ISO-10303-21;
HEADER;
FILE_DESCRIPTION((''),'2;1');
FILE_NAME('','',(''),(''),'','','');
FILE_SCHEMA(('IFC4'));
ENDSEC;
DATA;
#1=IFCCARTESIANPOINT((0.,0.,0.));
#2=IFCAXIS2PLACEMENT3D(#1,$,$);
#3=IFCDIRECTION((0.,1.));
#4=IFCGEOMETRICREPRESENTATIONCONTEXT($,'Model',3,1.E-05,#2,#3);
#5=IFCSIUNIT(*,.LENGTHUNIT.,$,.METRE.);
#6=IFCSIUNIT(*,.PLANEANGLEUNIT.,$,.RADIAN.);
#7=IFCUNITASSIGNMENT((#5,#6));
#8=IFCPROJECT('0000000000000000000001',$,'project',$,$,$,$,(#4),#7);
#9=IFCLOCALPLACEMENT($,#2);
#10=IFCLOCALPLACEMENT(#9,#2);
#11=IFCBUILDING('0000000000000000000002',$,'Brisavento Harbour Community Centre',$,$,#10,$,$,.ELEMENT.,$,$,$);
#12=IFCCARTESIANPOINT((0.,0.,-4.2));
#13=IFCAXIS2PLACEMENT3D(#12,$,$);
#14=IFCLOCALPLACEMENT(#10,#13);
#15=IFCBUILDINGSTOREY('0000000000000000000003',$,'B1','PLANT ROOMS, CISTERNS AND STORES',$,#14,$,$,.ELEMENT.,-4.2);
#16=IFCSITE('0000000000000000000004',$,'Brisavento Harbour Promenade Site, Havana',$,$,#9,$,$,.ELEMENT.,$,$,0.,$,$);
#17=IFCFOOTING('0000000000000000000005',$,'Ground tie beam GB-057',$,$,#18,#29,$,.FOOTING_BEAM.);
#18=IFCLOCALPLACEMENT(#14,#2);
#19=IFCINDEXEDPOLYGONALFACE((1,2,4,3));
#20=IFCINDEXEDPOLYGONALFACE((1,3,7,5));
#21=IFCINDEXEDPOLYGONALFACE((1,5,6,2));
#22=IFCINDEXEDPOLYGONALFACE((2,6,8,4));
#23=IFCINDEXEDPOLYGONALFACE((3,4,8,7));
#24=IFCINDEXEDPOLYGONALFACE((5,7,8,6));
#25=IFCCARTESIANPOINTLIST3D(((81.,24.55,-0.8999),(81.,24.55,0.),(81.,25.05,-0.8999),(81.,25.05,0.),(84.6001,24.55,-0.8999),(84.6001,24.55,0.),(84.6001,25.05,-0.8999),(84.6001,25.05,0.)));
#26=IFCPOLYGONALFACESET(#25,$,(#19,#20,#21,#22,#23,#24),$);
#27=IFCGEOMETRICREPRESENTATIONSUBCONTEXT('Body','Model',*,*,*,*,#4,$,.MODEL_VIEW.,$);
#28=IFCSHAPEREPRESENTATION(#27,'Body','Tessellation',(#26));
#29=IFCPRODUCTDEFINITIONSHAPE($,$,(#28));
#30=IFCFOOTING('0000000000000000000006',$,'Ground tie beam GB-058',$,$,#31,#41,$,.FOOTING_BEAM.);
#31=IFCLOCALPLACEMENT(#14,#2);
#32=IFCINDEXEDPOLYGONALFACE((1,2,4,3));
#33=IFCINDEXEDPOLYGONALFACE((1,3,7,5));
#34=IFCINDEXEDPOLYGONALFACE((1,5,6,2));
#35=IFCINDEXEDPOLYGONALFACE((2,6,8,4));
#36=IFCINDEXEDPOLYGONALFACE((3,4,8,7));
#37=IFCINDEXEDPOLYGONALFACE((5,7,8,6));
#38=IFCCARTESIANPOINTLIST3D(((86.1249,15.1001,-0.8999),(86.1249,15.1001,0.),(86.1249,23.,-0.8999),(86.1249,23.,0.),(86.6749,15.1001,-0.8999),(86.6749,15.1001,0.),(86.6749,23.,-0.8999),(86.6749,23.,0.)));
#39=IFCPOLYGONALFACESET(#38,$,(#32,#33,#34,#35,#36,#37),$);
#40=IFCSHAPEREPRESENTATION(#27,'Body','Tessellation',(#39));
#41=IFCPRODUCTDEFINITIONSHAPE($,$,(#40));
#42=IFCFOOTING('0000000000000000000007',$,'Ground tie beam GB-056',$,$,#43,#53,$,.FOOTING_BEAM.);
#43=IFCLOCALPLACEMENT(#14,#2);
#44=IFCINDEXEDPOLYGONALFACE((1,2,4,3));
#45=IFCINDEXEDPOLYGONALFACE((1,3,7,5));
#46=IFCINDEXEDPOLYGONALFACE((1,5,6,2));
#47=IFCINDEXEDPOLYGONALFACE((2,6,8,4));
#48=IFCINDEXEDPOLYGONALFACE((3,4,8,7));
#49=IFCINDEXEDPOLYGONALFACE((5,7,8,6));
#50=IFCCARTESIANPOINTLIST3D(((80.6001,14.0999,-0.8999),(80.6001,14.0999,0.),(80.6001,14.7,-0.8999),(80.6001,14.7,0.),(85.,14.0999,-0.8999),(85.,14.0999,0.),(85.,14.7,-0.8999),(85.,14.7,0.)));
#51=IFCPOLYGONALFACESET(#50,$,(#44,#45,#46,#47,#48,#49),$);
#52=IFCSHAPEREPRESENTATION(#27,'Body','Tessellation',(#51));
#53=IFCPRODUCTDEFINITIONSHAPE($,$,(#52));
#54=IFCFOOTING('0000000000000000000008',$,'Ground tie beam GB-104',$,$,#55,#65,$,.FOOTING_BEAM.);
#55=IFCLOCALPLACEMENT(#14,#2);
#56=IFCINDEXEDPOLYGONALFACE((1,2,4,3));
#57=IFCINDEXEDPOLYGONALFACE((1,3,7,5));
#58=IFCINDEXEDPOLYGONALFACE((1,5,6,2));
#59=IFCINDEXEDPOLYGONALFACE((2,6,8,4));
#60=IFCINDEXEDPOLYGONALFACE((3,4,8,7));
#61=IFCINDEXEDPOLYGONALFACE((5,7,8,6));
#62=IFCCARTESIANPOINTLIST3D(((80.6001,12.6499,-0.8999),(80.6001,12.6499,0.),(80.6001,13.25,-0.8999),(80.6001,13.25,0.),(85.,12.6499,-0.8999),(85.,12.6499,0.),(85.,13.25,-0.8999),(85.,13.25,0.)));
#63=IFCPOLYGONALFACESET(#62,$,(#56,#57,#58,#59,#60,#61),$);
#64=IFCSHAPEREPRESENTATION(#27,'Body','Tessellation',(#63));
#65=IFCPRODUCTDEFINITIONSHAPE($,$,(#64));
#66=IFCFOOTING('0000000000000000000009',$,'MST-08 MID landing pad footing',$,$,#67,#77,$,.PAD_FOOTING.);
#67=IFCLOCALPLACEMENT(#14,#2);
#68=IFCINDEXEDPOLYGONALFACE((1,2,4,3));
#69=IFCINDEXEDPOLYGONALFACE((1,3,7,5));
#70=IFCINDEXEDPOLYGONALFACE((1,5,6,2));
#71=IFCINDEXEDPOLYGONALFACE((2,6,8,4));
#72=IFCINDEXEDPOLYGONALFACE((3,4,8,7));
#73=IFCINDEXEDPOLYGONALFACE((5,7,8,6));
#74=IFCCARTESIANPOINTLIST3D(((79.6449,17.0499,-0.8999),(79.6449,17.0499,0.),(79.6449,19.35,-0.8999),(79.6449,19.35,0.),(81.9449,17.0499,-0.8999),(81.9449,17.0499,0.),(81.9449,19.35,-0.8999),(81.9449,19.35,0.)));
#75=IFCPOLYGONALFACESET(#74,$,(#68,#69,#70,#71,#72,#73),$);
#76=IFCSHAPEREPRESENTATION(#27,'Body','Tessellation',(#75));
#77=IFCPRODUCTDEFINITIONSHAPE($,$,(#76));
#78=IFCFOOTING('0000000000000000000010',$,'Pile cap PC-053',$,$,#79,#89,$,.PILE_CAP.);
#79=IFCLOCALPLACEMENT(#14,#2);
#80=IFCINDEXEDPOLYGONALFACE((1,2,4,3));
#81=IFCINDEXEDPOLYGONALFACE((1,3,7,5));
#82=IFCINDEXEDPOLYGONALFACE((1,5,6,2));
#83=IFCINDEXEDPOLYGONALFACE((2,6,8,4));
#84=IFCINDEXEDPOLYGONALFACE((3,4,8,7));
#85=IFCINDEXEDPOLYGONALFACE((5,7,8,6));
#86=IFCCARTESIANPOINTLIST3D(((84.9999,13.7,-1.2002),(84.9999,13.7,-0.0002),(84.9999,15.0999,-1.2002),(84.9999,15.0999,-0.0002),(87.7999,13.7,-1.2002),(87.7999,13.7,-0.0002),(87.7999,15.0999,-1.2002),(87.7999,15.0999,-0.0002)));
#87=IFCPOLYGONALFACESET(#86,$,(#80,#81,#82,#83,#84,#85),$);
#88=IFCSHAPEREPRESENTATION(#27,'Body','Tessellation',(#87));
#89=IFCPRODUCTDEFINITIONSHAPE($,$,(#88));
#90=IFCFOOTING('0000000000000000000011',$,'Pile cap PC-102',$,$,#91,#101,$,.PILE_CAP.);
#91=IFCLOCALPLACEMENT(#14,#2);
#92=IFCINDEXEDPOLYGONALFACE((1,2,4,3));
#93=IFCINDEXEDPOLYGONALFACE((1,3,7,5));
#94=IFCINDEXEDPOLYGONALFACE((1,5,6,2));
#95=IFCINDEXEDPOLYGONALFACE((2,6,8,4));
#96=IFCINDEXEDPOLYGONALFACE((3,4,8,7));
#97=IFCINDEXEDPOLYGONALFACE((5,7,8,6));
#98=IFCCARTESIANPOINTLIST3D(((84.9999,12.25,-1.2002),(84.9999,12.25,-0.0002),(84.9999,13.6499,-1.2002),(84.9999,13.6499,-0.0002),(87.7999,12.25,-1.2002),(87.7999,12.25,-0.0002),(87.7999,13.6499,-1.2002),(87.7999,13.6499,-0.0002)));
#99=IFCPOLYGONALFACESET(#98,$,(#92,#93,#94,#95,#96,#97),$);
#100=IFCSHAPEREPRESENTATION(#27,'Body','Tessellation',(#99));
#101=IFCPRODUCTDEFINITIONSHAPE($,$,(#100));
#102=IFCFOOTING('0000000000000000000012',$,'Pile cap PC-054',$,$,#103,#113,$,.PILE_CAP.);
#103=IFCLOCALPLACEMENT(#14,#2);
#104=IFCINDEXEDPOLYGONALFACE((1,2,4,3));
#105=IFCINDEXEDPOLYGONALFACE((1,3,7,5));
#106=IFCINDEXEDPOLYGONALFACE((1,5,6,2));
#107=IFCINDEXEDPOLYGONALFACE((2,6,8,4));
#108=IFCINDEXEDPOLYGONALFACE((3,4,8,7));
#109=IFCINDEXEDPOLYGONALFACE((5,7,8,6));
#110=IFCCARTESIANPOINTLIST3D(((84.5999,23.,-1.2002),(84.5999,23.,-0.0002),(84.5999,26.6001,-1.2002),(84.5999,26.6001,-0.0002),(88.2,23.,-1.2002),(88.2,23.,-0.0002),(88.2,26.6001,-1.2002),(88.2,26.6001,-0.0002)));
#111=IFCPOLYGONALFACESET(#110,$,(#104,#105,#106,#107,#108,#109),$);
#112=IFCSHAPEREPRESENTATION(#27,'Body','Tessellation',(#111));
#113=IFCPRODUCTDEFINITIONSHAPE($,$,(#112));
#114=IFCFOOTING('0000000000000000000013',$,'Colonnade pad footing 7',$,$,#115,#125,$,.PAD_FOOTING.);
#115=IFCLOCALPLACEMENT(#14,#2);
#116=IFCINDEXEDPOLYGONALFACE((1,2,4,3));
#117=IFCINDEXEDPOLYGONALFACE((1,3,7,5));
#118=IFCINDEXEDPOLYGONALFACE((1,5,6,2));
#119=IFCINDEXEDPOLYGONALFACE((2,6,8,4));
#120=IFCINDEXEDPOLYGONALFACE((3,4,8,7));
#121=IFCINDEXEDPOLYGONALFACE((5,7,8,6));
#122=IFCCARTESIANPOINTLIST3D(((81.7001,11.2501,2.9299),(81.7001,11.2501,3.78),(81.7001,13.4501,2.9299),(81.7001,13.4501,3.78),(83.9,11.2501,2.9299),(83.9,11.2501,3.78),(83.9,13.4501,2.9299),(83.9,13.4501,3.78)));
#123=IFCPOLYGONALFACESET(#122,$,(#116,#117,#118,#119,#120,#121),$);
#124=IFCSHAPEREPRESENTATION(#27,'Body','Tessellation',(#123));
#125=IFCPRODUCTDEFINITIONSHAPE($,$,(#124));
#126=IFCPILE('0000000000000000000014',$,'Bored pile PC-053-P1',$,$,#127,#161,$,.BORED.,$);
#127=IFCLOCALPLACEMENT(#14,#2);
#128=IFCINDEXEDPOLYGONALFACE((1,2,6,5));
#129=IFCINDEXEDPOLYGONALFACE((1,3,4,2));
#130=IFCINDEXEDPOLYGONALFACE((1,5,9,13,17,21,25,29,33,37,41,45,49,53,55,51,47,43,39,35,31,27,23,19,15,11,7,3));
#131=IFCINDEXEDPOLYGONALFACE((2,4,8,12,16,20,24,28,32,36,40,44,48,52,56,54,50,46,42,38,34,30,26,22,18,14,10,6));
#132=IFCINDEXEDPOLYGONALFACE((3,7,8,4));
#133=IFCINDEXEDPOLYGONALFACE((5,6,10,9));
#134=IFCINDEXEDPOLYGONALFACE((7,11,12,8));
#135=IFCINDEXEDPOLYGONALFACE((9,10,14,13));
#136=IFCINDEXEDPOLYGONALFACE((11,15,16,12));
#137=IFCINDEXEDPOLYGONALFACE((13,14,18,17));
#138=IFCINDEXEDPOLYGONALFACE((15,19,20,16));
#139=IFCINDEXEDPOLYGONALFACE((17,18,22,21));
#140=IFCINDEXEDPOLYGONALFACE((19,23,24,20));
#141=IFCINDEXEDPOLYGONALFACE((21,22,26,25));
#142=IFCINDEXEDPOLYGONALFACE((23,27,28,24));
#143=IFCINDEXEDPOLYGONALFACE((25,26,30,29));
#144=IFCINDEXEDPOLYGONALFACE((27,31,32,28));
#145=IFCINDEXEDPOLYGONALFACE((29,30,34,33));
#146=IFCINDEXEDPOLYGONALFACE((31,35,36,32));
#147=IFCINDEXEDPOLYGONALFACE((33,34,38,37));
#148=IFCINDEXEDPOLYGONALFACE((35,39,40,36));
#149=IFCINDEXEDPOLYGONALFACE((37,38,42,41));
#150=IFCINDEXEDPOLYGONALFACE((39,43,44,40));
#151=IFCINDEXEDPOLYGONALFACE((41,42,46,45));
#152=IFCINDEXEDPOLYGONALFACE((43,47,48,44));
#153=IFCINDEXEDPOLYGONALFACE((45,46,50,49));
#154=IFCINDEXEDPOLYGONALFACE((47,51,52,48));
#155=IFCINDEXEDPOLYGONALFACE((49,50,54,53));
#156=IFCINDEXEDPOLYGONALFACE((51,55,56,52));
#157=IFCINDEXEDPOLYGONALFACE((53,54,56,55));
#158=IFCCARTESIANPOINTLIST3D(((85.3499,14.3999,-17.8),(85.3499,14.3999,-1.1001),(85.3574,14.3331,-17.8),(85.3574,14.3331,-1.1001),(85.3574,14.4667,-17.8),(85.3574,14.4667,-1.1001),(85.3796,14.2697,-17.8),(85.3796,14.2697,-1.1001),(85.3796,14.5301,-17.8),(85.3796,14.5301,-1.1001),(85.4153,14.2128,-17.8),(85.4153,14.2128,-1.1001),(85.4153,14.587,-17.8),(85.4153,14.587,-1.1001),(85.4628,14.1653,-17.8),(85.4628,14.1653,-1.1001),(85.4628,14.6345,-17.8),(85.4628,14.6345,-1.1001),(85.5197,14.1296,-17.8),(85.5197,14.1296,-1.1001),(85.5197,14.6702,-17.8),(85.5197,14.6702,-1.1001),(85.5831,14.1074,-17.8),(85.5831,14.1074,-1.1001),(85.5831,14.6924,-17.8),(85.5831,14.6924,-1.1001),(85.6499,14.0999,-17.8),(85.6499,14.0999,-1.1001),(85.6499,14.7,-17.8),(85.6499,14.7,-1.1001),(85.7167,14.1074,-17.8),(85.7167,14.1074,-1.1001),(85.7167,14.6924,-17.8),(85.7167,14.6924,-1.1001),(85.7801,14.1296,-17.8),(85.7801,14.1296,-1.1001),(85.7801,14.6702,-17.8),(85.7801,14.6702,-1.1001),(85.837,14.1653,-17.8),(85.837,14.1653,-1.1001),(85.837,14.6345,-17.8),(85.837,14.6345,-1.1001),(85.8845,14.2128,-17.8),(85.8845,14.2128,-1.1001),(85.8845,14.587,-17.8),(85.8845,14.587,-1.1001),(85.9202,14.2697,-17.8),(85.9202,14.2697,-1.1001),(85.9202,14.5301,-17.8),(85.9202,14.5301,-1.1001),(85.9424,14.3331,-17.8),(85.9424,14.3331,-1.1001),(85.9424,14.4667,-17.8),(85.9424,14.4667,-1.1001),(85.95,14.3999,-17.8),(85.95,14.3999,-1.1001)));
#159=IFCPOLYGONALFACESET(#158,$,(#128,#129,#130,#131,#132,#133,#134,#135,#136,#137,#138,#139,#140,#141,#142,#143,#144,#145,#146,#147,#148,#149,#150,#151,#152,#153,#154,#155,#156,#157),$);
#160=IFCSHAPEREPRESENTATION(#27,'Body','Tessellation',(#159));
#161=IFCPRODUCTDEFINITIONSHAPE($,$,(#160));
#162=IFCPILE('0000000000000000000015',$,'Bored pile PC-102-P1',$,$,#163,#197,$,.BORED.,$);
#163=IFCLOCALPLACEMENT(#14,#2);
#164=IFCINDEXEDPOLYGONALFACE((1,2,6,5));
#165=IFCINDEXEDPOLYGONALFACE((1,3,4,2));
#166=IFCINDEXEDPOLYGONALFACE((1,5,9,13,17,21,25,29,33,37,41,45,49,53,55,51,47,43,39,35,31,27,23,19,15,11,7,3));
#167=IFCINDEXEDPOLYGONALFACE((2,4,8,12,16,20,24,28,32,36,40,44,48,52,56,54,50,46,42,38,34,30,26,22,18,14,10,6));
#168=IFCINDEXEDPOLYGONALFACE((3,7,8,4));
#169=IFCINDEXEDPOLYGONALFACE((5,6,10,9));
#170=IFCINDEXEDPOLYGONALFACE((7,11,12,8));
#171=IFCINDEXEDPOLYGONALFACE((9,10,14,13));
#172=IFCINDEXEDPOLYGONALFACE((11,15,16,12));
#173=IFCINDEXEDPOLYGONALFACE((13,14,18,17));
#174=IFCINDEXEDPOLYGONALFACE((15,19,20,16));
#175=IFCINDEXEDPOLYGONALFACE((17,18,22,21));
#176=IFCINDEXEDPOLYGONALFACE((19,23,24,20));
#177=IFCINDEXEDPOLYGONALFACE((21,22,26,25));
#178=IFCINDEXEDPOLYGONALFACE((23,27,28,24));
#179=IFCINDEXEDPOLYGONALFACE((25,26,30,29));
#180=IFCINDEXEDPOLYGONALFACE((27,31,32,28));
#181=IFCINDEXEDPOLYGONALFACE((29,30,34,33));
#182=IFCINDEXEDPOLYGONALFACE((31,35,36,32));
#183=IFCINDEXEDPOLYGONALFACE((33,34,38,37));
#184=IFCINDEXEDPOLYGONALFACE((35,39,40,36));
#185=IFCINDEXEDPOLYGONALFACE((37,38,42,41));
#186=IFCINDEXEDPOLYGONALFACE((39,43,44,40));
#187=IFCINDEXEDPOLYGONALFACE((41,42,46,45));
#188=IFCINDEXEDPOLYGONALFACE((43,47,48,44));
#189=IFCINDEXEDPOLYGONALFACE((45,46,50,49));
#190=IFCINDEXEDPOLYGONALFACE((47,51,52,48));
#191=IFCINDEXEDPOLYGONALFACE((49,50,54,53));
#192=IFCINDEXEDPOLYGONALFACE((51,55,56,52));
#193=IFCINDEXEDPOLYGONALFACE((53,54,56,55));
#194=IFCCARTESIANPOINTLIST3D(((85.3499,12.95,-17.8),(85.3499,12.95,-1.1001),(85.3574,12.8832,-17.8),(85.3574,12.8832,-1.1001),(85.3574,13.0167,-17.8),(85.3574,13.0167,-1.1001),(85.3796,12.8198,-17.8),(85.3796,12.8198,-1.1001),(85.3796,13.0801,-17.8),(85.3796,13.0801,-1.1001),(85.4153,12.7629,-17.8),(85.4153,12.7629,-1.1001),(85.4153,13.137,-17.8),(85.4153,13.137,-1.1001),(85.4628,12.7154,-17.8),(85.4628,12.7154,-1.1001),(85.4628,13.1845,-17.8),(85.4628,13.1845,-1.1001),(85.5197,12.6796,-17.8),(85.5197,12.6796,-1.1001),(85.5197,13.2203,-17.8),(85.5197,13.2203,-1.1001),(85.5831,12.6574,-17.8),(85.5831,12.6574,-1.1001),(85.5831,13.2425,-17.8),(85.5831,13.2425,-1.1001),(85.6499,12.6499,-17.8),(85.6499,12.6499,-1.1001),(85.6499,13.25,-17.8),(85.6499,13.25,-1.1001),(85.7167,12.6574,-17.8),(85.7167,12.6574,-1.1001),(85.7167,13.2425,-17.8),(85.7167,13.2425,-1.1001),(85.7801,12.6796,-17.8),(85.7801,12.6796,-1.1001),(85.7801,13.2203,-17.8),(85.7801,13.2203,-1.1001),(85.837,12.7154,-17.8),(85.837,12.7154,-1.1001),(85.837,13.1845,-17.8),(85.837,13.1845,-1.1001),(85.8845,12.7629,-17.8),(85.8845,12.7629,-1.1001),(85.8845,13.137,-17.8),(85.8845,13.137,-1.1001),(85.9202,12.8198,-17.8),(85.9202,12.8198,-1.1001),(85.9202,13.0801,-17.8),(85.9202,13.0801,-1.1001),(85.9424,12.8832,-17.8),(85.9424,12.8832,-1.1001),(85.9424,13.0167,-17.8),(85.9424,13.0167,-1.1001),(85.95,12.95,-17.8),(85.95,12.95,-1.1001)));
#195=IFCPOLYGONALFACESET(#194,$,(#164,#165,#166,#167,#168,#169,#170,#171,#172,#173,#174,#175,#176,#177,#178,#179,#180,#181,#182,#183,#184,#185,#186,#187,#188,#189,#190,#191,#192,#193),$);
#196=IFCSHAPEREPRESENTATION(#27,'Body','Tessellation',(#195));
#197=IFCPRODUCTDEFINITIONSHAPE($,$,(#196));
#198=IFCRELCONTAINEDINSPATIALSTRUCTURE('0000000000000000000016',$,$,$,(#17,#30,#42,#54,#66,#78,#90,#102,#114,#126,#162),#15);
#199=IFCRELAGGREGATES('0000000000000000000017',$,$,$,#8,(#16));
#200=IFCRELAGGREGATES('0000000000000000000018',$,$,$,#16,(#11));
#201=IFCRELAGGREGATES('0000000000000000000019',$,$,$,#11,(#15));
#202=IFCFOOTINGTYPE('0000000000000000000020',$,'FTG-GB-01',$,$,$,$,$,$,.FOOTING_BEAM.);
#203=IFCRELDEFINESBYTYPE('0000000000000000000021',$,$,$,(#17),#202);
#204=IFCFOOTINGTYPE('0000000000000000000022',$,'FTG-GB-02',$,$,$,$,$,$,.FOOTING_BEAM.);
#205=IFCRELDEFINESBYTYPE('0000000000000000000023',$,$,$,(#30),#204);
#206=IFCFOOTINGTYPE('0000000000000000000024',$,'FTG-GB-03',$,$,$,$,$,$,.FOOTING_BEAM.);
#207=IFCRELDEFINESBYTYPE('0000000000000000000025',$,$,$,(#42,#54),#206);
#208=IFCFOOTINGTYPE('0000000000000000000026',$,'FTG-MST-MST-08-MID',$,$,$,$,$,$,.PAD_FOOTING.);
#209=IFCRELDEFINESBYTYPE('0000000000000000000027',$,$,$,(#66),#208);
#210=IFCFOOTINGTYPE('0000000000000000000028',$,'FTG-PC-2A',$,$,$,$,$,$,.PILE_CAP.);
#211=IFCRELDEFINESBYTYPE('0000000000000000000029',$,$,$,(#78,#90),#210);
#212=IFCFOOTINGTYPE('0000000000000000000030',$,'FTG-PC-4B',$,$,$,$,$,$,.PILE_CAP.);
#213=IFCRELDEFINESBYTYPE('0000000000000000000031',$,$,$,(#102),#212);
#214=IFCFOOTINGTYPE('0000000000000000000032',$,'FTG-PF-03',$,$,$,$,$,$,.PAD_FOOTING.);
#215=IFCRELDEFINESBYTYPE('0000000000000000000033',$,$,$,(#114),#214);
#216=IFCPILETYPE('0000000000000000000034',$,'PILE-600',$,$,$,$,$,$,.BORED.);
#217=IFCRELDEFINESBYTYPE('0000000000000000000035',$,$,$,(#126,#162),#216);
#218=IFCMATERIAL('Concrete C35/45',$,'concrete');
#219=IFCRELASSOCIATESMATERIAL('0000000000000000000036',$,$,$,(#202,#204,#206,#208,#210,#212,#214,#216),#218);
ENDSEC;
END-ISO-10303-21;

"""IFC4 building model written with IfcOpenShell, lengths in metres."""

from ifc_helpers import new_model, si_unit, direction, frame, origin, origin_2d, place, context, subcontext, project, spatial, rectangle, circle, extrude, material, material_profile, profile_set, type_object, element, save


model = new_model("IFC4")

# Units and contexts
model_context = context("Model", 3, precision=1e-05, world=origin(), true_north=direction((0.0, 1.0)))
body_context = subcontext(model_context, "Body", "Model", "MODEL_VIEW")
ifc_project = project(units=[si_unit("LENGTHUNIT", "METRE"), si_unit("PLANEANGLEUNIT", "RADIAN")], contexts=[model_context])

# Site, building, storey
site_placement = place(None, origin())
site = spatial("IfcSite", under=ifc_project, at=site_placement, Name="Brisavento Harbour Promenade Site, Havana", CompositionType="ELEMENT", RefElevation=0.0)
building_placement = place(site_placement, origin())
building = spatial("IfcBuilding", under=site, at=building_placement, Name="Brisavento Harbour Community Centre", CompositionType="ELEMENT")
storey_placement = place(building_placement, frame((0.0, 0.0, -4.2)))
storey = spatial("IfcBuildingStorey", under=building, at=storey_placement, Name="B1", Description="PLANT ROOMS, CISTERNS AND STORES", CompositionType="ELEMENT", Elevation=-4.2)

# Footings
ifc_material_1 = material(Name="Concrete C35/45", Category="concrete")
footing_type_1 = type_object("IfcFootingType", Name="FTG-GB-01", PredefinedType="FOOTING_BEAM", material=ifc_material_1)
footing_1_placement = place(storey_placement, frame((82.8, 24.8, -0.8999), z_axis=(0.0, 0.0, 1.0), x_axis=(1.0, 0.0, 0.0)))
element("IfcFooting", 1, at=footing_1_placement, inside=storey, type_object=footing_type_1, Name="Ground tie beam GB-057", PredefinedType="FOOTING_BEAM", context=body_context, shape_type="SweptSolid", body=[
    extrude(rectangle(XDim=3.6001, YDim=0.5, at=origin_2d()), origin(), (0.0, 0.0, 1.0), 0.8999),
])
footing_type_2 = type_object("IfcFootingType", Name="FTG-GB-02", PredefinedType="FOOTING_BEAM", material=ifc_material_1)
footing_2_placement = place(storey_placement, frame((86.3999, 19.05, -0.8999), z_axis=(0.0, 0.0, 1.0), x_axis=(1.0, 0.0, 0.0)))
element("IfcFooting", 2, at=footing_2_placement, inside=storey, type_object=footing_type_2, Name="Ground tie beam GB-058", PredefinedType="FOOTING_BEAM", context=body_context, shape_type="SweptSolid", body=[
    extrude(rectangle(XDim=0.55, YDim=7.8999, at=origin_2d()), origin(), (0.0, 0.0, 1.0), 0.8999),
])
footing_type_3 = type_object("IfcFootingType", Name="FTG-GB-03", PredefinedType="FOOTING_BEAM", material=ifc_material_1)
for number, where, z_axis, x_axis, name in (
    (3, (82.8, 14.3999, -0.8999), (0.0, 0.0, 1.0), (1.0, 0.0, 0.0), "Ground tie beam GB-056"),
    (4, (82.8, 12.95, -0.8999), (0.0, 0.0, 1.0), (1.0, 0.0, 0.0), "Ground tie beam GB-104"),
):
    element("IfcFooting", number, at=place(storey_placement, frame(where, z_axis=z_axis, x_axis=x_axis)), inside=storey, type_object=footing_type_3, Name=name, PredefinedType="FOOTING_BEAM", context=body_context, shape_type="SweptSolid", body=[
        extrude(rectangle(XDim=4.3999, YDim=0.6001, at=origin_2d()), origin(), (0.0, 0.0, 1.0), 0.8999),
    ])
footing_type_4 = type_object("IfcFootingType", Name="FTG-MST-MST-08-MID", PredefinedType="PAD_FOOTING", material=ifc_material_1)
footing_3_placement = place(storey_placement, frame((80.7949, 18.2, -0.8999), z_axis=(0.0, 0.0, 1.0), x_axis=(1.0, 0.0, 0.0)))
element("IfcFooting", 5, at=footing_3_placement, inside=storey, type_object=footing_type_4, Name="MST-08 MID landing pad footing", PredefinedType="PAD_FOOTING", context=body_context, shape_type="SweptSolid", body=[
    extrude(rectangle(XDim=2.3, YDim=2.3, at=origin_2d()), origin(), (0.0, 0.0, 1.0), 0.8999),
])
footing_type_5 = type_object("IfcFootingType", Name="FTG-PC-2A", PredefinedType="PILE_CAP", material=ifc_material_1)
for number, where, z_axis, x_axis, name in (
    (6, (86.3999, 14.3999, -1.2002), (0.0, 0.0, 1.0), (1.0, 0.0, 0.0), "Pile cap PC-053"),
    (7, (86.3999, 12.95, -1.2002), (0.0, 0.0, 1.0), (1.0, 0.0, 0.0), "Pile cap PC-102"),
):
    element("IfcFooting", number, at=place(storey_placement, frame(where, z_axis=z_axis, x_axis=x_axis)), inside=storey, type_object=footing_type_5, Name=name, PredefinedType="PILE_CAP", context=body_context, shape_type="SweptSolid", body=[
        extrude(rectangle(XDim=2.8, YDim=1.3999, at=origin_2d()), origin(), (0.0, 0.0, 1.0), 1.2),
    ])
footing_type_6 = type_object("IfcFootingType", Name="FTG-PC-4B", PredefinedType="PILE_CAP", material=ifc_material_1)
footing_4_placement = place(storey_placement, frame((86.3999, 24.8, -1.2002), z_axis=(0.0, 0.0, 1.0), x_axis=(1.0, 0.0, 0.0)))
element("IfcFooting", 8, at=footing_4_placement, inside=storey, type_object=footing_type_6, Name="Pile cap PC-054", PredefinedType="PILE_CAP", context=body_context, shape_type="SweptSolid", body=[
    extrude(rectangle(XDim=3.6001, YDim=3.6001, at=origin_2d()), origin(), (0.0, 0.0, 1.0), 1.2),
])
footing_type_7 = type_object("IfcFootingType", Name="FTG-PF-03", PredefinedType="PAD_FOOTING", material=ifc_material_1)
footing_5_placement = place(storey_placement, frame((82.8, 12.3501, 2.9299), z_axis=(0.0, 0.0, 1.0), x_axis=(1.0, 0.0, 0.0)))
element("IfcFooting", 9, at=footing_5_placement, inside=storey, type_object=footing_type_7, Name="Colonnade pad footing 7", PredefinedType="PAD_FOOTING", context=body_context, shape_type="SweptSolid", body=[
    extrude(rectangle(XDim=2.2, YDim=2.2, at=origin_2d()), origin(), (0.0, 0.0, 1.0), 0.8501),
])

# Piles
ifc_material_profile_1 = material_profile(ifc_material_1, circle(Radius=0.3, at=origin_2d()), Name="Concrete C35/45")
ifc_profile_set_1 = profile_set([ifc_material_profile_1], Name="Concrete C35/45")
pile_type_1 = type_object("IfcPileType", Name="PILE-600", PredefinedType="BORED", material=ifc_profile_set_1)
for number, where, z_axis, x_axis, name in (
    (10, (85.6499, 14.3999, -1.1001), (0.0, 0.0, -1.0), (1.0, 0.0, 0.0), "Bored pile PC-053-P1"),
    (11, (85.6499, 12.95, -1.1001), (0.0, 0.0, -1.0), (1.0, 0.0, 0.0), "Bored pile PC-102-P1"),
):
    element("IfcPile", number, at=place(storey_placement, frame(where, z_axis=z_axis, x_axis=x_axis)), inside=storey, type_object=pile_type_1, Name=name, PredefinedType="BORED", context=body_context, shape_type="SweptSolid", body=[
        extrude(circle(Radius=0.3, at=origin_2d()), origin(), (0.0, 0.0, 1.0), 16.7),
    ])

save(model, "model.ifc")
